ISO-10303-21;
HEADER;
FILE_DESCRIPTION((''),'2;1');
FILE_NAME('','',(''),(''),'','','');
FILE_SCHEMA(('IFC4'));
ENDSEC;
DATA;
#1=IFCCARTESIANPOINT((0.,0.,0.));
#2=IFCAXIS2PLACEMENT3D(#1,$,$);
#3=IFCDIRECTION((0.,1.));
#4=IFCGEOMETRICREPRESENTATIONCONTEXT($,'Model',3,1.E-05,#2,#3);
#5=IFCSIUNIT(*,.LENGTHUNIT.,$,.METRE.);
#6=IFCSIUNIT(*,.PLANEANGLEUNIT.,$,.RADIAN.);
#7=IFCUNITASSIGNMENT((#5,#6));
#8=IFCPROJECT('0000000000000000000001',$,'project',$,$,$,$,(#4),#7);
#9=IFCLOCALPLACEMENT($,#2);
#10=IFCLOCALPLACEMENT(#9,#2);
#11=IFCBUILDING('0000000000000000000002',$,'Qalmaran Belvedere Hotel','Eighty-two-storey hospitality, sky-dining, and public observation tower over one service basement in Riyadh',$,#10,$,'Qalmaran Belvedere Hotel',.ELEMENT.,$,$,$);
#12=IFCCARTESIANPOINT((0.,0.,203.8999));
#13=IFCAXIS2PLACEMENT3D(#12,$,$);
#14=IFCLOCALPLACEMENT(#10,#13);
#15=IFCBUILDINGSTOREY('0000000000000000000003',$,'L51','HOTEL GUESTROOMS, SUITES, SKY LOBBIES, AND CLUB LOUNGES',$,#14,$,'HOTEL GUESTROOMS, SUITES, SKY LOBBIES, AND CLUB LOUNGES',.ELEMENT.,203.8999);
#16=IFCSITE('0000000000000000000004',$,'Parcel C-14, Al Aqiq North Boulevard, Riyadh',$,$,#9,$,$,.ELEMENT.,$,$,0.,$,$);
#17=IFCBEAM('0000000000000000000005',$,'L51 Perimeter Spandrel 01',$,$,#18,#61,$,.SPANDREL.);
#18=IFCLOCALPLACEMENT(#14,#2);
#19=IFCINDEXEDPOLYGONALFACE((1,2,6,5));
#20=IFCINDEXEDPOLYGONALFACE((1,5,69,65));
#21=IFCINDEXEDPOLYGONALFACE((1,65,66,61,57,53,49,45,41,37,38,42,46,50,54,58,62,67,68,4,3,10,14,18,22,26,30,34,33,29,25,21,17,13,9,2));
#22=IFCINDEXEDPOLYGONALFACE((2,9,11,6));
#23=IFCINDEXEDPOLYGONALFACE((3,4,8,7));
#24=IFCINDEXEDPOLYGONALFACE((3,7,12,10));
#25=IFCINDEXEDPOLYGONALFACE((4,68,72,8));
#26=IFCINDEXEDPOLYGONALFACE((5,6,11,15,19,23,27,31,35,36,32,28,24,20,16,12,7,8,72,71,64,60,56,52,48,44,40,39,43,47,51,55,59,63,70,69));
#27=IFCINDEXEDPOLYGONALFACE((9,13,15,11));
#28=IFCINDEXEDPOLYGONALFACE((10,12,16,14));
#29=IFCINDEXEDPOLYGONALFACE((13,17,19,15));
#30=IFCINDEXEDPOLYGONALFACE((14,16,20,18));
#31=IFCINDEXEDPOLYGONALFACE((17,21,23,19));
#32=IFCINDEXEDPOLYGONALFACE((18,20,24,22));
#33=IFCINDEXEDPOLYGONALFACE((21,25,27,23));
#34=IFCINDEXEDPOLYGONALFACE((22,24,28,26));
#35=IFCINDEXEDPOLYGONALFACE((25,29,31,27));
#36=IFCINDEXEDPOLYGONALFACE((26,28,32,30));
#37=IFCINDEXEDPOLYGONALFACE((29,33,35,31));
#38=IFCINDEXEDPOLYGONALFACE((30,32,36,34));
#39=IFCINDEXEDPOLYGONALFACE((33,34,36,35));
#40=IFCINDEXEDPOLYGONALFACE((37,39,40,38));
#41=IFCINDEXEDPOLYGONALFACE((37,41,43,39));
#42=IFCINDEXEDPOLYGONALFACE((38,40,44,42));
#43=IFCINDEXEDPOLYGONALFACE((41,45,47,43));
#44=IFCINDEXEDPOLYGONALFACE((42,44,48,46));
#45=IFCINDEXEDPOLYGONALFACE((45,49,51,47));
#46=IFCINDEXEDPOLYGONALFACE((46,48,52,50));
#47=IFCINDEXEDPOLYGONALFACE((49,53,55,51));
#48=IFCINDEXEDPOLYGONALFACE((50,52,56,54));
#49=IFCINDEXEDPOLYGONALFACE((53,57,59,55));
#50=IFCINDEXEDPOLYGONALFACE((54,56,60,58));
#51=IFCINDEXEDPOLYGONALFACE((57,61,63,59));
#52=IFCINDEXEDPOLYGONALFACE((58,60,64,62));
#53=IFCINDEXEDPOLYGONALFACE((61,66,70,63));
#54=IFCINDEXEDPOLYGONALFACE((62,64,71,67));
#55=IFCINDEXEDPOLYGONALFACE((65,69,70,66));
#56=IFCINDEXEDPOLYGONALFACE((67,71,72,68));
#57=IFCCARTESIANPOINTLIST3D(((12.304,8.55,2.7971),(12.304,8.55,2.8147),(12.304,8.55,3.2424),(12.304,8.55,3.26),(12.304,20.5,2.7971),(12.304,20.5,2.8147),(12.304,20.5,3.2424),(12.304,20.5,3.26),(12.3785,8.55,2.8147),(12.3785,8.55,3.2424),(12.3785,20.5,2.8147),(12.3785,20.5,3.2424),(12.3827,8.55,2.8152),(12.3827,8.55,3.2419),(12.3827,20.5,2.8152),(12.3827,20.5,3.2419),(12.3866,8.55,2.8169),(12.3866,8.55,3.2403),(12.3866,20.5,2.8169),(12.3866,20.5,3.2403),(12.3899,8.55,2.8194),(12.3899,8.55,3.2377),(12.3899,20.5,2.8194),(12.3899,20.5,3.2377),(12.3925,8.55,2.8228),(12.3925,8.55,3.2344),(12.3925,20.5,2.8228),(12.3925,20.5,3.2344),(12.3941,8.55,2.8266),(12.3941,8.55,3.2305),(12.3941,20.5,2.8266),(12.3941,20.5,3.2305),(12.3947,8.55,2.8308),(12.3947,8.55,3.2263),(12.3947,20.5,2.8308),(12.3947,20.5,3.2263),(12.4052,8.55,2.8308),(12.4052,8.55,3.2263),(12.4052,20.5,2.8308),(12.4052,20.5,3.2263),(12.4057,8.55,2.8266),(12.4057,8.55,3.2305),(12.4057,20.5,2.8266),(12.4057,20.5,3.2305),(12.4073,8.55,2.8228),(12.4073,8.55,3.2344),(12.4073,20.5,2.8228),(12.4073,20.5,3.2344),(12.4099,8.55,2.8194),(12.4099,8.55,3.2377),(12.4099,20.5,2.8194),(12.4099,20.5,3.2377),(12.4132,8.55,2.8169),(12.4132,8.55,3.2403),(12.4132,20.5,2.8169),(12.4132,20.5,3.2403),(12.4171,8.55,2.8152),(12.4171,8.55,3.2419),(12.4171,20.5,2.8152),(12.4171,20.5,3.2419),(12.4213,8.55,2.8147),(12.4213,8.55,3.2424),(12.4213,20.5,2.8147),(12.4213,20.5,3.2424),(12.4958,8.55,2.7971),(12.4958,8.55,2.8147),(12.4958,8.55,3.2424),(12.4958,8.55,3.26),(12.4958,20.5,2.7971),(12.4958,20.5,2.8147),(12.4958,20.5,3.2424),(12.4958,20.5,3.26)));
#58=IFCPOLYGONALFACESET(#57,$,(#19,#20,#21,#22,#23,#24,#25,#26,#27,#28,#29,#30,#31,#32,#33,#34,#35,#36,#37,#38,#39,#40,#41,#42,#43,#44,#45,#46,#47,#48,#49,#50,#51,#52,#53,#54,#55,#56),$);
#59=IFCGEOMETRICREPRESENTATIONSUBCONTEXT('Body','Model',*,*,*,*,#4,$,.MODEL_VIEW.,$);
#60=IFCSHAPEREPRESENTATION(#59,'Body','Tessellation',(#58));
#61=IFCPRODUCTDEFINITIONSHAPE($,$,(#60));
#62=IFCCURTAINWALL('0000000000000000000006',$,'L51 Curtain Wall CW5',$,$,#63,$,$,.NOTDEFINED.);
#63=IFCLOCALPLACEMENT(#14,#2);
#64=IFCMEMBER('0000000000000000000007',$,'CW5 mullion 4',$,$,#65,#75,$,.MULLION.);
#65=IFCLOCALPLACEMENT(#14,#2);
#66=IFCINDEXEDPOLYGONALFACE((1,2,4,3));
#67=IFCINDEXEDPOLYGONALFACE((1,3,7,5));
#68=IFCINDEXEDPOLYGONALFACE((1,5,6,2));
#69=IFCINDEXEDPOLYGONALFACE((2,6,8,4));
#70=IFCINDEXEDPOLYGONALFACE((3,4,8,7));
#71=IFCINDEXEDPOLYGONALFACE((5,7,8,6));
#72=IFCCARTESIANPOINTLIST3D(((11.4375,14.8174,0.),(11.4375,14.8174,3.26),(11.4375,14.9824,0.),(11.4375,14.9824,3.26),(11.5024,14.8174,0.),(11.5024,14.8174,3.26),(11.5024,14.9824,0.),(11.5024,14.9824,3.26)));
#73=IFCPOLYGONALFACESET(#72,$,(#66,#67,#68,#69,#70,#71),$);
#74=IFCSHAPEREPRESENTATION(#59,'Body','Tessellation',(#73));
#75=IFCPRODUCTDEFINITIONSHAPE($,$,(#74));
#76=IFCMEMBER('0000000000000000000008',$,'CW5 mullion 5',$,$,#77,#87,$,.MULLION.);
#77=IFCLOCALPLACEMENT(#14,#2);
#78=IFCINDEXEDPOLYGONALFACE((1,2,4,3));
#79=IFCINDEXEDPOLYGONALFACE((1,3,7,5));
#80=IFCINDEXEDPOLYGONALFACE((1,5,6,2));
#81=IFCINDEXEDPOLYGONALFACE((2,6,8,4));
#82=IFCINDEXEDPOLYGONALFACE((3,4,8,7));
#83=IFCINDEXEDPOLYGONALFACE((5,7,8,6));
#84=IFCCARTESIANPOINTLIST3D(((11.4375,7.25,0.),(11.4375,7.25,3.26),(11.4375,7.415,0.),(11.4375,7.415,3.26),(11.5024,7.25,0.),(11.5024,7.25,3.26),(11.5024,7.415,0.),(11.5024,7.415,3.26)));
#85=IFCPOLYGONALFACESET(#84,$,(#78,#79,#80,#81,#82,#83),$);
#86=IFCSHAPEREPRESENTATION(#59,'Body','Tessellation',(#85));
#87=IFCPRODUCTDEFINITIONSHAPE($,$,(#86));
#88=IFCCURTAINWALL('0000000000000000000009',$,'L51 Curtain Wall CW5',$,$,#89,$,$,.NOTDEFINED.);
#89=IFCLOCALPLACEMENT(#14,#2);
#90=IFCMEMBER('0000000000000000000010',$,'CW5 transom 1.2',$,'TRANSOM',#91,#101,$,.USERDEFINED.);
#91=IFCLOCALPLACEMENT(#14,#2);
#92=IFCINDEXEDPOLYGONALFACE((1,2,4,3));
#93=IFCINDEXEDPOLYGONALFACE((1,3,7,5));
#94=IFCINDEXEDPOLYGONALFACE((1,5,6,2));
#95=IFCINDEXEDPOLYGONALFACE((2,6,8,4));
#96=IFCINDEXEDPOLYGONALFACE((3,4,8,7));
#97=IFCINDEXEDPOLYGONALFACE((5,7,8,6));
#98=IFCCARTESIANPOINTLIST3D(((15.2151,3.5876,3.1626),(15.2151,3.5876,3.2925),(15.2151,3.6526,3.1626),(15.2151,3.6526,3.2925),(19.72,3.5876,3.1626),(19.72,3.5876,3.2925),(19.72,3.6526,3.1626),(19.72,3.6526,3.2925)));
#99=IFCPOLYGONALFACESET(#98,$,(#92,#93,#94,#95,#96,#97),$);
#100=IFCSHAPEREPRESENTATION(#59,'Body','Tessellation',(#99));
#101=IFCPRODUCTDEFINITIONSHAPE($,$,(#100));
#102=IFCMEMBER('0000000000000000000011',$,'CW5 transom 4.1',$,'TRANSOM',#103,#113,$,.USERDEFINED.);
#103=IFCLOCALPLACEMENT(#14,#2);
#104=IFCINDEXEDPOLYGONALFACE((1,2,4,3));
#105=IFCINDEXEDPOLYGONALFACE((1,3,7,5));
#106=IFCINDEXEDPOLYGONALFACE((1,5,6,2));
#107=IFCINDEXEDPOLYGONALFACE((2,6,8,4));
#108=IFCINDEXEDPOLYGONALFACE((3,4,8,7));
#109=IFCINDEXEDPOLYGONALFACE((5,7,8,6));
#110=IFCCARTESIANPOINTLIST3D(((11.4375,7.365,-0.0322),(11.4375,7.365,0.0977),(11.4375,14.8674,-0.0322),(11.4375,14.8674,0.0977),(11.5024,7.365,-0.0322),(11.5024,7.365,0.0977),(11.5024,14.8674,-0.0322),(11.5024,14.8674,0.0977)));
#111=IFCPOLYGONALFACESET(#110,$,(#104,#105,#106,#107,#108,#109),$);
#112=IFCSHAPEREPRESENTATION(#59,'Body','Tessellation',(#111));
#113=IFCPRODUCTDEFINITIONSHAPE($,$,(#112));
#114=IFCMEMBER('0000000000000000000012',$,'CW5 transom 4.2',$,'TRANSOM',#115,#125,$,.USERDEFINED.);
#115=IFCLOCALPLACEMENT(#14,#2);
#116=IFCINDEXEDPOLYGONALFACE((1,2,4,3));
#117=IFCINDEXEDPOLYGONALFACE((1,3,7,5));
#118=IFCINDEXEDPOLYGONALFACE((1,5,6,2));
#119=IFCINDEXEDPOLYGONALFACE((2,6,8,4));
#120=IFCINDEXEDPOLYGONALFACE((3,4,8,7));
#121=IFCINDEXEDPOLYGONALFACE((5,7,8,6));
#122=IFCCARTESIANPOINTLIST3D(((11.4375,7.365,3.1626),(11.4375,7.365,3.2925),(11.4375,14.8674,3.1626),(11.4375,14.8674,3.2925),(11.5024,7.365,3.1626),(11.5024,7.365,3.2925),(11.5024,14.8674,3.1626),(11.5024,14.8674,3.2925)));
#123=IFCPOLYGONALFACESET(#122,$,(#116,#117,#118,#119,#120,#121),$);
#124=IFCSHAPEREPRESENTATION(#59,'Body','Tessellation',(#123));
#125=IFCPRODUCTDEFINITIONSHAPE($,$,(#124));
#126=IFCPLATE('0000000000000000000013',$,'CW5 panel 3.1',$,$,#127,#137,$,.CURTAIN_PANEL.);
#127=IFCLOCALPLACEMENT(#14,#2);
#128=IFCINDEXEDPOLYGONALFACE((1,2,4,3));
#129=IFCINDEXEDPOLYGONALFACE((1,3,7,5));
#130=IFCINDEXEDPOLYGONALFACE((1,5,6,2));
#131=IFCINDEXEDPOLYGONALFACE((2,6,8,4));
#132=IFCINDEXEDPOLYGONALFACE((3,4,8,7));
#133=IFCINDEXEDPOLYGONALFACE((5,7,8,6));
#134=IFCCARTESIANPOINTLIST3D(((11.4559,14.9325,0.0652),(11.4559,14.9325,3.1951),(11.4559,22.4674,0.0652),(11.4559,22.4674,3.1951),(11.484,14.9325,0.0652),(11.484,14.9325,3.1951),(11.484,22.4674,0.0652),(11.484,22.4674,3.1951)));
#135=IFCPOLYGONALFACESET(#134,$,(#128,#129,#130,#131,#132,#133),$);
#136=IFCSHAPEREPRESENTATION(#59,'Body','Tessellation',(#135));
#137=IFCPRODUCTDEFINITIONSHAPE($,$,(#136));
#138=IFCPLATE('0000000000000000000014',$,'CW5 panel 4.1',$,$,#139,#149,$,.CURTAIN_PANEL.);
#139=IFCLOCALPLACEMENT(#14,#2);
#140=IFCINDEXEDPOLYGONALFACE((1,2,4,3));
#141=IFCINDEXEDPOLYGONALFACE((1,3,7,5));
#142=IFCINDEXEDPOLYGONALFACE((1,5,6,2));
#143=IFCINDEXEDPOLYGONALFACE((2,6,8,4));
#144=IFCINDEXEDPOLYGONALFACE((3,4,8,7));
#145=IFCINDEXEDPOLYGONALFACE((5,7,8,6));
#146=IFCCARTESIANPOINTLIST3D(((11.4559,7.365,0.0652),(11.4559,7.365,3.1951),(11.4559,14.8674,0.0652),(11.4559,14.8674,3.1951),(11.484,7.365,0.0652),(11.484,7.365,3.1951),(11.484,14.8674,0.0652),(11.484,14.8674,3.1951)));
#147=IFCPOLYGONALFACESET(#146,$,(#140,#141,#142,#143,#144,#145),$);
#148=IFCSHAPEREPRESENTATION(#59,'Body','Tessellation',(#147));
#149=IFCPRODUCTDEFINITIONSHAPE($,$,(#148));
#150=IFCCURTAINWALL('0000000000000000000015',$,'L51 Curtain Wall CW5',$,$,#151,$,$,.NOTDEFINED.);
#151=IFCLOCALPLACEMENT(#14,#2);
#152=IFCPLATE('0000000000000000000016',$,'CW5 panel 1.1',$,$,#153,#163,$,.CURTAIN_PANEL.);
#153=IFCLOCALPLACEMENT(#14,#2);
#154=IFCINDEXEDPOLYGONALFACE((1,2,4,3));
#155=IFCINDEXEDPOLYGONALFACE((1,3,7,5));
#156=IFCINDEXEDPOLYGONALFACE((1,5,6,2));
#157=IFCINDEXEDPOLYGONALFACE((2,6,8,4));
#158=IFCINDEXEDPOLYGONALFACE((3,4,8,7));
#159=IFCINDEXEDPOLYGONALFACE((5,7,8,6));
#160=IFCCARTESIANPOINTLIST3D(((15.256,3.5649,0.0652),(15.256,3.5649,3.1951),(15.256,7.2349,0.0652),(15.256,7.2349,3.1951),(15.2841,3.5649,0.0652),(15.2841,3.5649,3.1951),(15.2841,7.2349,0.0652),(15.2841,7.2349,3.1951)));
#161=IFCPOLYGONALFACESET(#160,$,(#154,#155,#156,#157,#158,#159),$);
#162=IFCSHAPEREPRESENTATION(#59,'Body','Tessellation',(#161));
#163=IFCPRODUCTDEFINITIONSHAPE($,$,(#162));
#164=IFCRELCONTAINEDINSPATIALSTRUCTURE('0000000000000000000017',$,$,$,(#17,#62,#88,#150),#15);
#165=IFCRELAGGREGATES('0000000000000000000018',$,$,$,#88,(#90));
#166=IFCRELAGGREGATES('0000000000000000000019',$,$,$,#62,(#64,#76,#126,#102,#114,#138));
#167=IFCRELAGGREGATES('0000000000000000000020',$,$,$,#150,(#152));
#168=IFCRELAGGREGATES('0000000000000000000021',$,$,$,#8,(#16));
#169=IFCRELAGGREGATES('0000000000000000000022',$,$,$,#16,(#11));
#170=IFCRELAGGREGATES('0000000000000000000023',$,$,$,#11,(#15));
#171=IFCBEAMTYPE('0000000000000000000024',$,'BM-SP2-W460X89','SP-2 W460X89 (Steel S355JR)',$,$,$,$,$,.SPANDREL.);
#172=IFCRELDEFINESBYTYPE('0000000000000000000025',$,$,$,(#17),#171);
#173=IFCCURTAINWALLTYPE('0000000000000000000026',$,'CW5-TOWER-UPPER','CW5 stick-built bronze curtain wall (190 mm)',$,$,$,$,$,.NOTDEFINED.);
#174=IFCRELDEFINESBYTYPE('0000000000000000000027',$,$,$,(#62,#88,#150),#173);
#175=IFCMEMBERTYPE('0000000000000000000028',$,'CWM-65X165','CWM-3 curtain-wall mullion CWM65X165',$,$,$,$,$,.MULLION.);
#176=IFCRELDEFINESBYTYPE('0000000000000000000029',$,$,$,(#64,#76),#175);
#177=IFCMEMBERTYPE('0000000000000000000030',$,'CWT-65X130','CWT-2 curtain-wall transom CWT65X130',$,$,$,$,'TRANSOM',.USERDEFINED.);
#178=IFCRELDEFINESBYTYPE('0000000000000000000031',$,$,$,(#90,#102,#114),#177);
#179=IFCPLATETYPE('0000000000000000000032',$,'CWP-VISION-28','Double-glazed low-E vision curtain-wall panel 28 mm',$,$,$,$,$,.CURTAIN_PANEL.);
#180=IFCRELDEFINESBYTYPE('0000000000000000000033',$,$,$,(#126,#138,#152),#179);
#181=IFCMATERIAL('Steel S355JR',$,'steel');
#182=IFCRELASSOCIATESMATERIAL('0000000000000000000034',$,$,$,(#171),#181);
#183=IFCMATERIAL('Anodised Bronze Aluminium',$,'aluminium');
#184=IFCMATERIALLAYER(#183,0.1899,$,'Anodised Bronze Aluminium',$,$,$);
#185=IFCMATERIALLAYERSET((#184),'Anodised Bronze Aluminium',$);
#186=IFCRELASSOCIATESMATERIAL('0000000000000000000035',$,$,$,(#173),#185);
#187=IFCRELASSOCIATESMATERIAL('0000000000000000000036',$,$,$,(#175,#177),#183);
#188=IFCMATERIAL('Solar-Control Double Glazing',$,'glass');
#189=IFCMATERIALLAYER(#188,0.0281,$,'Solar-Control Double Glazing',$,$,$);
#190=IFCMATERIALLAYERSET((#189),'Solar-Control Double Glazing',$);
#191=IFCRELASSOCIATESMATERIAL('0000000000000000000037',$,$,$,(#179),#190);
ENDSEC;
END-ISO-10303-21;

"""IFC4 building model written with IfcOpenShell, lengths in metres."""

from ifc_helpers import new_model, si_unit, direction, frame, origin, origin_2d, place, context, subcontext, project, spatial, rectangle, i_section, extrude, material, layer, layer_set, material_profile, profile_set, type_object, element, aggregate, save


model = new_model("IFC4")

# Units and contexts
model_context = context("Model", 3, precision=1e-05, world=origin(), true_north=direction((0.0, 1.0)))
body_context = subcontext(model_context, "Body", "Model", "MODEL_VIEW")
ifc_project = project(units=[si_unit("LENGTHUNIT", "METRE"), si_unit("PLANEANGLEUNIT", "RADIAN")], contexts=[model_context])

# Site, building, storey
site_placement = place(None, origin())
site = spatial("IfcSite", under=ifc_project, at=site_placement, Name="Parcel C-14, Al Aqiq North Boulevard, Riyadh", CompositionType="ELEMENT", RefElevation=0.0)
building_placement = place(site_placement, origin())
building = spatial("IfcBuilding", under=site, at=building_placement, Name="Qalmaran Belvedere Hotel", Description="Eighty-two-storey hospitality, sky-dining, and public observation tower over one service basement in Riyadh", LongName="Qalmaran Belvedere Hotel", CompositionType="ELEMENT")
storey_placement = place(building_placement, frame((0.0, 0.0, 203.8999)))
storey = spatial("IfcBuildingStorey", under=building, at=storey_placement, Name="L51", Description="HOTEL GUESTROOMS, SUITES, SKY LOBBIES, AND CLUB LOUNGES", LongName="HOTEL GUESTROOMS, SUITES, SKY LOBBIES, AND CLUB LOUNGES", CompositionType="ELEMENT", Elevation=203.8999)

# Beam
ifc_material_1 = material(Name="Steel S355JR", Category="steel")
ifc_material_profile_1 = material_profile(ifc_material_1, i_section(OverallWidth=0.1919, OverallDepth=0.4629, WebThickness=0.0105, FlangeThickness=0.0176, FilletRadius=0.0161, at=origin_2d()), Name="W460X89")
ifc_profile_set_1 = profile_set([ifc_material_profile_1], Name="Steel S355JR")
beam_type_1 = type_object("IfcBeamType", Name="BM-SP2-W460X89", Description="SP-2 W460X89 (Steel S355JR)", PredefinedType="SPANDREL", material=ifc_profile_set_1)
beam_1_placement = place(storey_placement, frame((12.3999, 8.55, 3.0286), z_axis=(0.0, 1.0, 0.0), x_axis=(-1.0, 0.0, 0.0)))
element("IfcBeam", 1, at=beam_1_placement, inside=storey, type_object=beam_type_1, Name="L51 Perimeter Spandrel 01", PredefinedType="SPANDREL", context=body_context, shape_type="SweptSolid", body=[
    extrude(i_section(OverallWidth=0.1919, OverallDepth=0.4629, WebThickness=0.0105, FlangeThickness=0.0176, FilletRadius=0.0161, at=origin_2d()), origin(), (0.0, 0.0, 1.0), 11.95),
])

# Curtain wall, members
ifc_material_2 = material(Name="Anodised Bronze Aluminium", Category="aluminium")
ifc_layer_1 = layer(ifc_material_2, 0.1899, Name="Anodised Bronze Aluminium")
ifc_layer_set_1 = layer_set([ifc_layer_1], Name="Anodised Bronze Aluminium")
curtain_wall_type = type_object("IfcCurtainWallType", Name="CW5-TOWER-UPPER", Description="CW5 stick-built bronze curtain wall (190 mm)", PredefinedType="NOTDEFINED", material=ifc_layer_set_1)
curtain_wall_1_placement = place(storey_placement, origin())
curtain_wall_1 = element("IfcCurtainWall", 2, at=curtain_wall_1_placement, inside=storey, type_object=curtain_wall_type, Name="L51 Curtain Wall CW5", PredefinedType="NOTDEFINED")
ifc_material_profile_2 = material_profile(ifc_material_2, rectangle(XDim=0.0649, YDim=0.165, at=origin_2d()), Name="CWM65X165")
ifc_profile_set_2 = profile_set([ifc_material_profile_2], Name="Anodised Bronze Aluminium")
member_type_1 = type_object("IfcMemberType", Name="CWM-65X165", Description="CWM-3 curtain-wall mullion CWM65X165", PredefinedType="MULLION", material=ifc_profile_set_2)
member_1_placement = place(storey_placement, frame((11.47, 14.8999, 0.0), z_axis=(0.0, 0.0, 1.0), x_axis=(1.0, 0.0, 0.0)))
member_1 = element("IfcMember", 3, at=member_1_placement, type_object=member_type_1, Name="CW5 mullion 4", PredefinedType="MULLION", context=body_context, shape_type="SweptSolid", body=[
    extrude(rectangle(XDim=0.0649, YDim=0.165, at=origin_2d()), origin(), (0.0, 0.0, 1.0), 3.26),
])
member_2_placement = place(storey_placement, frame((11.47, 7.3325, 0.0), z_axis=(0.0, 0.0, 1.0), x_axis=(1.0, 0.0, 0.0)))
member_2 = element("IfcMember", 4, at=member_2_placement, type_object=member_type_1, Name="CW5 mullion 5", PredefinedType="MULLION", context=body_context, shape_type="SweptSolid", body=[
    extrude(rectangle(XDim=0.0649, YDim=0.165, at=origin_2d()), origin(), (0.0, 0.0, 1.0), 3.26),
])

# Curtain wall, member
curtain_wall_2_placement = place(storey_placement, origin())
curtain_wall_2 = element("IfcCurtainWall", 5, at=curtain_wall_2_placement, inside=storey, type_object=curtain_wall_type, Name="L51 Curtain Wall CW5", PredefinedType="NOTDEFINED")
ifc_material_profile_3 = material_profile(ifc_material_2, rectangle(XDim=0.0649, YDim=0.1299, at=origin_2d()), Name="CWT65X130")
ifc_profile_set_3 = profile_set([ifc_material_profile_3], Name="Anodised Bronze Aluminium")
member_type_2 = type_object("IfcMemberType", Name="CWT-65X130", Description="CWT-2 curtain-wall transom CWT65X130", ElementType="TRANSOM", PredefinedType="USERDEFINED", material=ifc_profile_set_3)
member_3_placement = place(storey_placement, frame((15.2151, 3.6201, 3.2275), z_axis=(1.0, 0.0, 0.0), x_axis=(0.0, 1.0, 0.0)))
member_3 = element("IfcMember", 6, at=member_3_placement, type_object=member_type_2, Name="CW5 transom 1.2", ObjectType="TRANSOM", PredefinedType="USERDEFINED", context=body_context, shape_type="SweptSolid", body=[
    extrude(rectangle(XDim=0.0649, YDim=0.1299, at=origin_2d()), origin(), (0.0, 0.0, 1.0), 4.5049),
])
aggregate(curtain_wall_2, [member_3])

# Members
member_4_placement = place(storey_placement, frame((11.47, 14.8674, 0.0327), z_axis=(0.0, -1.0, 0.0), x_axis=(1.0, 0.0, 0.0)))
member_4 = element("IfcMember", 7, at=member_4_placement, type_object=member_type_2, Name="CW5 transom 4.1", ObjectType="TRANSOM", PredefinedType="USERDEFINED", context=body_context, shape_type="SweptSolid", body=[
    extrude(rectangle(XDim=0.0649, YDim=0.1299, at=origin_2d()), origin(), (0.0, 0.0, 1.0), 7.5024),
])
member_5_placement = place(storey_placement, frame((11.47, 14.8674, 3.2275), z_axis=(0.0, -1.0, 0.0), x_axis=(1.0, 0.0, 0.0)))
member_5 = element("IfcMember", 8, at=member_5_placement, type_object=member_type_2, Name="CW5 transom 4.2", ObjectType="TRANSOM", PredefinedType="USERDEFINED", context=body_context, shape_type="SweptSolid", body=[
    extrude(rectangle(XDim=0.0649, YDim=0.1299, at=origin_2d()), origin(), (0.0, 0.0, 1.0), 7.5024),
])

# Plates
ifc_material_3 = material(Name="Solar-Control Double Glazing", Category="glass")
ifc_layer_2 = layer(ifc_material_3, 0.0281, Name="Solar-Control Double Glazing")
ifc_layer_set_2 = layer_set([ifc_layer_2], Name="Solar-Control Double Glazing")
plate_type = type_object("IfcPlateType", Name="CWP-VISION-28", Description="Double-glazed low-E vision curtain-wall panel 28 mm", PredefinedType="CURTAIN_PANEL", material=ifc_layer_set_2)
plate_1_placement = place(storey_placement, frame((11.47, 18.7, 0.0652), z_axis=(0.0, 0.0, 1.0), x_axis=(0.0, -1.0, 0.0)))
plate_1 = element("IfcPlate", 9, at=plate_1_placement, type_object=plate_type, Name="CW5 panel 3.1", PredefinedType="CURTAIN_PANEL", context=body_context, shape_type="SweptSolid", body=[
    extrude(rectangle(XDim=7.5349, YDim=0.0281, at=origin_2d()), origin(), (0.0, 0.0, 1.0), 3.1299),
])
plate_2_placement = place(storey_placement, frame((11.47, 11.1162, 0.0652), z_axis=(0.0, 0.0, 1.0), x_axis=(0.0, -1.0, 0.0)))
plate_2 = element("IfcPlate", 10, at=plate_2_placement, type_object=plate_type, Name="CW5 panel 4.1", PredefinedType="CURTAIN_PANEL", context=body_context, shape_type="SweptSolid", body=[
    extrude(rectangle(XDim=7.5024, YDim=0.0281, at=origin_2d()), origin(), (0.0, 0.0, 1.0), 3.1299),
])
aggregate(curtain_wall_1, [member_1, member_2, plate_1, member_4, member_5, plate_2])

# Curtain wall, plate
curtain_wall_3_placement = place(storey_placement, origin())
curtain_wall_3 = element("IfcCurtainWall", 11, at=curtain_wall_3_placement, inside=storey, type_object=curtain_wall_type, Name="L51 Curtain Wall CW5", PredefinedType="NOTDEFINED")
plate_3_placement = place(storey_placement, frame((15.27, 5.3999, 0.0652), z_axis=(0.0, 0.0, 1.0), x_axis=(0.0, -1.0, 0.0)))
plate_3 = element("IfcPlate", 12, at=plate_3_placement, type_object=plate_type, Name="CW5 panel 1.1", PredefinedType="CURTAIN_PANEL", context=body_context, shape_type="SweptSolid", body=[
    extrude(rectangle(XDim=3.6699, YDim=0.0281, at=origin_2d()), origin(), (0.0, 0.0, 1.0), 3.1299),
])
aggregate(curtain_wall_3, [plate_3])

save(model, "model.ifc")
